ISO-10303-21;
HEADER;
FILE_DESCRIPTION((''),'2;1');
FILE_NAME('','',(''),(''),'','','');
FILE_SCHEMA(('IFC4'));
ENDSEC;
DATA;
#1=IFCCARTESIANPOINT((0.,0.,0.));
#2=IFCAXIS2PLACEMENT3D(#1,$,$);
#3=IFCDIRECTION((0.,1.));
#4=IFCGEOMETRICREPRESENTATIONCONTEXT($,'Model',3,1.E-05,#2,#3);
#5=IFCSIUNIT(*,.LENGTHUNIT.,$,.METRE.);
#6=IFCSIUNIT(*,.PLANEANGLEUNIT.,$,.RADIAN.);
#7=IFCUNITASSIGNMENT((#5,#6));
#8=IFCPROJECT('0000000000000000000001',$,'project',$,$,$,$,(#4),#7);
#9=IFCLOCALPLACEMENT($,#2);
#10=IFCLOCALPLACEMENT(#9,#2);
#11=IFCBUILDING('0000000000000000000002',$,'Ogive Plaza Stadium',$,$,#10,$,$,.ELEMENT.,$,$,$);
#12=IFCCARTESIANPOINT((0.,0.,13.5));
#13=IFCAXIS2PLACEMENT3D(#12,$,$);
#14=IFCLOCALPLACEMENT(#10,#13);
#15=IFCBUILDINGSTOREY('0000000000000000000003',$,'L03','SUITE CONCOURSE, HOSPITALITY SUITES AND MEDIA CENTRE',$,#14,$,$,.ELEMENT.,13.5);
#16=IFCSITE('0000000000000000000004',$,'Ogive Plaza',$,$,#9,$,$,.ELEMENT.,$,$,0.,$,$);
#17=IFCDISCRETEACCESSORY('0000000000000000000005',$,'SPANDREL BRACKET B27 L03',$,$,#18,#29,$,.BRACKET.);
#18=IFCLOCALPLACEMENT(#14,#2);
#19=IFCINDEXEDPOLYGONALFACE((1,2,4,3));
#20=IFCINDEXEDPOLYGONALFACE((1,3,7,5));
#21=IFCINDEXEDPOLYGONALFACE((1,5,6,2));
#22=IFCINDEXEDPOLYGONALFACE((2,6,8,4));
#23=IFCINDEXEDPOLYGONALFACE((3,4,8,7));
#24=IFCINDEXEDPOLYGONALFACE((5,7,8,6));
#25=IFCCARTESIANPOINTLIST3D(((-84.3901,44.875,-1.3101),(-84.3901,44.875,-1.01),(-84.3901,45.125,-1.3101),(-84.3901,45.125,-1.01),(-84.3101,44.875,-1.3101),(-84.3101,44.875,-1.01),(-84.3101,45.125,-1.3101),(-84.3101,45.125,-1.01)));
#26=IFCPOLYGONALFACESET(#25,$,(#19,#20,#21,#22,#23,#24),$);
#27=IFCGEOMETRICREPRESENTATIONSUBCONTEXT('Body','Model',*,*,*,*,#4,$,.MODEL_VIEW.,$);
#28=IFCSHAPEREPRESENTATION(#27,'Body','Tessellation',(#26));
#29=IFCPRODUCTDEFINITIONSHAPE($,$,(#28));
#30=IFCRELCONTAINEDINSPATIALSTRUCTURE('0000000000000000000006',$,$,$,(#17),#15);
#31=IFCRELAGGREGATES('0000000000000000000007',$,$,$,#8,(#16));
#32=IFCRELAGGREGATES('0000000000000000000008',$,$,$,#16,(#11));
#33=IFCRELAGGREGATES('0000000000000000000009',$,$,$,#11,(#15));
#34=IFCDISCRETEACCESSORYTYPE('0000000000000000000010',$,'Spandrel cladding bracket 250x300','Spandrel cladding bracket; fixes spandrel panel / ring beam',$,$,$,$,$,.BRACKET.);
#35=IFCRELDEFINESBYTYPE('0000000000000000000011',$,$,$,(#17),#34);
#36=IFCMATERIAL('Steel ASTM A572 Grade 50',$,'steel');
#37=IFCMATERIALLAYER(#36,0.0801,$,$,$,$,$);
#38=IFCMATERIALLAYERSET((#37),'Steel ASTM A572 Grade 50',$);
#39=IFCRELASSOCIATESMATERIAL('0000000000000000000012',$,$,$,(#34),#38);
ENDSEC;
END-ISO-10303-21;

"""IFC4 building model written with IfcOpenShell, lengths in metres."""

from ifc_helpers import new_model, si_unit, direction, frame, origin, origin_2d, place, context, subcontext, project, spatial, rectangle, extrude, material, layer, layer_set, type_object, element, save


model = new_model("IFC4")

# Units and contexts
model_context = context("Model", 3, precision=1e-05, world=origin(), true_north=direction((0.0, 1.0)))
body_context = subcontext(model_context, "Body", "Model", "MODEL_VIEW")
ifc_project = project(units=[si_unit("LENGTHUNIT", "METRE"), si_unit("PLANEANGLEUNIT", "RADIAN")], contexts=[model_context])

# Site, building, storey
site_placement = place(None, origin())
site = spatial("IfcSite", under=ifc_project, at=site_placement, Name="Ogive Plaza", CompositionType="ELEMENT", RefElevation=0.0)
building_placement = place(site_placement, origin())
building = spatial("IfcBuilding", under=site, at=building_placement, Name="Ogive Plaza Stadium", CompositionType="ELEMENT")
storey_placement = place(building_placement, frame((0.0, 0.0, 13.5)))
storey = spatial("IfcBuildingStorey", under=building, at=storey_placement, Name="L03", Description="SUITE CONCOURSE, HOSPITALITY SUITES AND MEDIA CENTRE", CompositionType="ELEMENT", Elevation=13.5)

# Discrete accessory
ifc_material_1 = material(Name="Steel ASTM A572 Grade 50", Category="steel")
ifc_layer_1 = layer(ifc_material_1, 0.0801)
ifc_layer_set_1 = layer_set([ifc_layer_1], Name="Steel ASTM A572 Grade 50")
discrete_accessory_type = type_object("IfcDiscreteAccessoryType", Name="Spandrel cladding bracket 250x300", Description="Spandrel cladding bracket; fixes spandrel panel / ring beam", PredefinedType="BRACKET", material=ifc_layer_set_1)
discrete_accessory_placement = place(storey_placement, frame((-84.3501, 45.0, -1.3101), z_axis=(0.0, 0.0, 1.0), x_axis=(0.0, 1.0, 0.0)))
element("IfcDiscreteAccessory", 1, at=discrete_accessory_placement, inside=storey, type_object=discrete_accessory_type, Name="SPANDREL BRACKET B27 L03", PredefinedType="BRACKET", context=body_context, shape_type="SweptSolid", body=[
    extrude(rectangle(XDim=0.25, YDim=0.0801, at=origin_2d()), origin(), (0.0, 0.0, 1.0), 0.3),
])

save(model, "model.ifc")
